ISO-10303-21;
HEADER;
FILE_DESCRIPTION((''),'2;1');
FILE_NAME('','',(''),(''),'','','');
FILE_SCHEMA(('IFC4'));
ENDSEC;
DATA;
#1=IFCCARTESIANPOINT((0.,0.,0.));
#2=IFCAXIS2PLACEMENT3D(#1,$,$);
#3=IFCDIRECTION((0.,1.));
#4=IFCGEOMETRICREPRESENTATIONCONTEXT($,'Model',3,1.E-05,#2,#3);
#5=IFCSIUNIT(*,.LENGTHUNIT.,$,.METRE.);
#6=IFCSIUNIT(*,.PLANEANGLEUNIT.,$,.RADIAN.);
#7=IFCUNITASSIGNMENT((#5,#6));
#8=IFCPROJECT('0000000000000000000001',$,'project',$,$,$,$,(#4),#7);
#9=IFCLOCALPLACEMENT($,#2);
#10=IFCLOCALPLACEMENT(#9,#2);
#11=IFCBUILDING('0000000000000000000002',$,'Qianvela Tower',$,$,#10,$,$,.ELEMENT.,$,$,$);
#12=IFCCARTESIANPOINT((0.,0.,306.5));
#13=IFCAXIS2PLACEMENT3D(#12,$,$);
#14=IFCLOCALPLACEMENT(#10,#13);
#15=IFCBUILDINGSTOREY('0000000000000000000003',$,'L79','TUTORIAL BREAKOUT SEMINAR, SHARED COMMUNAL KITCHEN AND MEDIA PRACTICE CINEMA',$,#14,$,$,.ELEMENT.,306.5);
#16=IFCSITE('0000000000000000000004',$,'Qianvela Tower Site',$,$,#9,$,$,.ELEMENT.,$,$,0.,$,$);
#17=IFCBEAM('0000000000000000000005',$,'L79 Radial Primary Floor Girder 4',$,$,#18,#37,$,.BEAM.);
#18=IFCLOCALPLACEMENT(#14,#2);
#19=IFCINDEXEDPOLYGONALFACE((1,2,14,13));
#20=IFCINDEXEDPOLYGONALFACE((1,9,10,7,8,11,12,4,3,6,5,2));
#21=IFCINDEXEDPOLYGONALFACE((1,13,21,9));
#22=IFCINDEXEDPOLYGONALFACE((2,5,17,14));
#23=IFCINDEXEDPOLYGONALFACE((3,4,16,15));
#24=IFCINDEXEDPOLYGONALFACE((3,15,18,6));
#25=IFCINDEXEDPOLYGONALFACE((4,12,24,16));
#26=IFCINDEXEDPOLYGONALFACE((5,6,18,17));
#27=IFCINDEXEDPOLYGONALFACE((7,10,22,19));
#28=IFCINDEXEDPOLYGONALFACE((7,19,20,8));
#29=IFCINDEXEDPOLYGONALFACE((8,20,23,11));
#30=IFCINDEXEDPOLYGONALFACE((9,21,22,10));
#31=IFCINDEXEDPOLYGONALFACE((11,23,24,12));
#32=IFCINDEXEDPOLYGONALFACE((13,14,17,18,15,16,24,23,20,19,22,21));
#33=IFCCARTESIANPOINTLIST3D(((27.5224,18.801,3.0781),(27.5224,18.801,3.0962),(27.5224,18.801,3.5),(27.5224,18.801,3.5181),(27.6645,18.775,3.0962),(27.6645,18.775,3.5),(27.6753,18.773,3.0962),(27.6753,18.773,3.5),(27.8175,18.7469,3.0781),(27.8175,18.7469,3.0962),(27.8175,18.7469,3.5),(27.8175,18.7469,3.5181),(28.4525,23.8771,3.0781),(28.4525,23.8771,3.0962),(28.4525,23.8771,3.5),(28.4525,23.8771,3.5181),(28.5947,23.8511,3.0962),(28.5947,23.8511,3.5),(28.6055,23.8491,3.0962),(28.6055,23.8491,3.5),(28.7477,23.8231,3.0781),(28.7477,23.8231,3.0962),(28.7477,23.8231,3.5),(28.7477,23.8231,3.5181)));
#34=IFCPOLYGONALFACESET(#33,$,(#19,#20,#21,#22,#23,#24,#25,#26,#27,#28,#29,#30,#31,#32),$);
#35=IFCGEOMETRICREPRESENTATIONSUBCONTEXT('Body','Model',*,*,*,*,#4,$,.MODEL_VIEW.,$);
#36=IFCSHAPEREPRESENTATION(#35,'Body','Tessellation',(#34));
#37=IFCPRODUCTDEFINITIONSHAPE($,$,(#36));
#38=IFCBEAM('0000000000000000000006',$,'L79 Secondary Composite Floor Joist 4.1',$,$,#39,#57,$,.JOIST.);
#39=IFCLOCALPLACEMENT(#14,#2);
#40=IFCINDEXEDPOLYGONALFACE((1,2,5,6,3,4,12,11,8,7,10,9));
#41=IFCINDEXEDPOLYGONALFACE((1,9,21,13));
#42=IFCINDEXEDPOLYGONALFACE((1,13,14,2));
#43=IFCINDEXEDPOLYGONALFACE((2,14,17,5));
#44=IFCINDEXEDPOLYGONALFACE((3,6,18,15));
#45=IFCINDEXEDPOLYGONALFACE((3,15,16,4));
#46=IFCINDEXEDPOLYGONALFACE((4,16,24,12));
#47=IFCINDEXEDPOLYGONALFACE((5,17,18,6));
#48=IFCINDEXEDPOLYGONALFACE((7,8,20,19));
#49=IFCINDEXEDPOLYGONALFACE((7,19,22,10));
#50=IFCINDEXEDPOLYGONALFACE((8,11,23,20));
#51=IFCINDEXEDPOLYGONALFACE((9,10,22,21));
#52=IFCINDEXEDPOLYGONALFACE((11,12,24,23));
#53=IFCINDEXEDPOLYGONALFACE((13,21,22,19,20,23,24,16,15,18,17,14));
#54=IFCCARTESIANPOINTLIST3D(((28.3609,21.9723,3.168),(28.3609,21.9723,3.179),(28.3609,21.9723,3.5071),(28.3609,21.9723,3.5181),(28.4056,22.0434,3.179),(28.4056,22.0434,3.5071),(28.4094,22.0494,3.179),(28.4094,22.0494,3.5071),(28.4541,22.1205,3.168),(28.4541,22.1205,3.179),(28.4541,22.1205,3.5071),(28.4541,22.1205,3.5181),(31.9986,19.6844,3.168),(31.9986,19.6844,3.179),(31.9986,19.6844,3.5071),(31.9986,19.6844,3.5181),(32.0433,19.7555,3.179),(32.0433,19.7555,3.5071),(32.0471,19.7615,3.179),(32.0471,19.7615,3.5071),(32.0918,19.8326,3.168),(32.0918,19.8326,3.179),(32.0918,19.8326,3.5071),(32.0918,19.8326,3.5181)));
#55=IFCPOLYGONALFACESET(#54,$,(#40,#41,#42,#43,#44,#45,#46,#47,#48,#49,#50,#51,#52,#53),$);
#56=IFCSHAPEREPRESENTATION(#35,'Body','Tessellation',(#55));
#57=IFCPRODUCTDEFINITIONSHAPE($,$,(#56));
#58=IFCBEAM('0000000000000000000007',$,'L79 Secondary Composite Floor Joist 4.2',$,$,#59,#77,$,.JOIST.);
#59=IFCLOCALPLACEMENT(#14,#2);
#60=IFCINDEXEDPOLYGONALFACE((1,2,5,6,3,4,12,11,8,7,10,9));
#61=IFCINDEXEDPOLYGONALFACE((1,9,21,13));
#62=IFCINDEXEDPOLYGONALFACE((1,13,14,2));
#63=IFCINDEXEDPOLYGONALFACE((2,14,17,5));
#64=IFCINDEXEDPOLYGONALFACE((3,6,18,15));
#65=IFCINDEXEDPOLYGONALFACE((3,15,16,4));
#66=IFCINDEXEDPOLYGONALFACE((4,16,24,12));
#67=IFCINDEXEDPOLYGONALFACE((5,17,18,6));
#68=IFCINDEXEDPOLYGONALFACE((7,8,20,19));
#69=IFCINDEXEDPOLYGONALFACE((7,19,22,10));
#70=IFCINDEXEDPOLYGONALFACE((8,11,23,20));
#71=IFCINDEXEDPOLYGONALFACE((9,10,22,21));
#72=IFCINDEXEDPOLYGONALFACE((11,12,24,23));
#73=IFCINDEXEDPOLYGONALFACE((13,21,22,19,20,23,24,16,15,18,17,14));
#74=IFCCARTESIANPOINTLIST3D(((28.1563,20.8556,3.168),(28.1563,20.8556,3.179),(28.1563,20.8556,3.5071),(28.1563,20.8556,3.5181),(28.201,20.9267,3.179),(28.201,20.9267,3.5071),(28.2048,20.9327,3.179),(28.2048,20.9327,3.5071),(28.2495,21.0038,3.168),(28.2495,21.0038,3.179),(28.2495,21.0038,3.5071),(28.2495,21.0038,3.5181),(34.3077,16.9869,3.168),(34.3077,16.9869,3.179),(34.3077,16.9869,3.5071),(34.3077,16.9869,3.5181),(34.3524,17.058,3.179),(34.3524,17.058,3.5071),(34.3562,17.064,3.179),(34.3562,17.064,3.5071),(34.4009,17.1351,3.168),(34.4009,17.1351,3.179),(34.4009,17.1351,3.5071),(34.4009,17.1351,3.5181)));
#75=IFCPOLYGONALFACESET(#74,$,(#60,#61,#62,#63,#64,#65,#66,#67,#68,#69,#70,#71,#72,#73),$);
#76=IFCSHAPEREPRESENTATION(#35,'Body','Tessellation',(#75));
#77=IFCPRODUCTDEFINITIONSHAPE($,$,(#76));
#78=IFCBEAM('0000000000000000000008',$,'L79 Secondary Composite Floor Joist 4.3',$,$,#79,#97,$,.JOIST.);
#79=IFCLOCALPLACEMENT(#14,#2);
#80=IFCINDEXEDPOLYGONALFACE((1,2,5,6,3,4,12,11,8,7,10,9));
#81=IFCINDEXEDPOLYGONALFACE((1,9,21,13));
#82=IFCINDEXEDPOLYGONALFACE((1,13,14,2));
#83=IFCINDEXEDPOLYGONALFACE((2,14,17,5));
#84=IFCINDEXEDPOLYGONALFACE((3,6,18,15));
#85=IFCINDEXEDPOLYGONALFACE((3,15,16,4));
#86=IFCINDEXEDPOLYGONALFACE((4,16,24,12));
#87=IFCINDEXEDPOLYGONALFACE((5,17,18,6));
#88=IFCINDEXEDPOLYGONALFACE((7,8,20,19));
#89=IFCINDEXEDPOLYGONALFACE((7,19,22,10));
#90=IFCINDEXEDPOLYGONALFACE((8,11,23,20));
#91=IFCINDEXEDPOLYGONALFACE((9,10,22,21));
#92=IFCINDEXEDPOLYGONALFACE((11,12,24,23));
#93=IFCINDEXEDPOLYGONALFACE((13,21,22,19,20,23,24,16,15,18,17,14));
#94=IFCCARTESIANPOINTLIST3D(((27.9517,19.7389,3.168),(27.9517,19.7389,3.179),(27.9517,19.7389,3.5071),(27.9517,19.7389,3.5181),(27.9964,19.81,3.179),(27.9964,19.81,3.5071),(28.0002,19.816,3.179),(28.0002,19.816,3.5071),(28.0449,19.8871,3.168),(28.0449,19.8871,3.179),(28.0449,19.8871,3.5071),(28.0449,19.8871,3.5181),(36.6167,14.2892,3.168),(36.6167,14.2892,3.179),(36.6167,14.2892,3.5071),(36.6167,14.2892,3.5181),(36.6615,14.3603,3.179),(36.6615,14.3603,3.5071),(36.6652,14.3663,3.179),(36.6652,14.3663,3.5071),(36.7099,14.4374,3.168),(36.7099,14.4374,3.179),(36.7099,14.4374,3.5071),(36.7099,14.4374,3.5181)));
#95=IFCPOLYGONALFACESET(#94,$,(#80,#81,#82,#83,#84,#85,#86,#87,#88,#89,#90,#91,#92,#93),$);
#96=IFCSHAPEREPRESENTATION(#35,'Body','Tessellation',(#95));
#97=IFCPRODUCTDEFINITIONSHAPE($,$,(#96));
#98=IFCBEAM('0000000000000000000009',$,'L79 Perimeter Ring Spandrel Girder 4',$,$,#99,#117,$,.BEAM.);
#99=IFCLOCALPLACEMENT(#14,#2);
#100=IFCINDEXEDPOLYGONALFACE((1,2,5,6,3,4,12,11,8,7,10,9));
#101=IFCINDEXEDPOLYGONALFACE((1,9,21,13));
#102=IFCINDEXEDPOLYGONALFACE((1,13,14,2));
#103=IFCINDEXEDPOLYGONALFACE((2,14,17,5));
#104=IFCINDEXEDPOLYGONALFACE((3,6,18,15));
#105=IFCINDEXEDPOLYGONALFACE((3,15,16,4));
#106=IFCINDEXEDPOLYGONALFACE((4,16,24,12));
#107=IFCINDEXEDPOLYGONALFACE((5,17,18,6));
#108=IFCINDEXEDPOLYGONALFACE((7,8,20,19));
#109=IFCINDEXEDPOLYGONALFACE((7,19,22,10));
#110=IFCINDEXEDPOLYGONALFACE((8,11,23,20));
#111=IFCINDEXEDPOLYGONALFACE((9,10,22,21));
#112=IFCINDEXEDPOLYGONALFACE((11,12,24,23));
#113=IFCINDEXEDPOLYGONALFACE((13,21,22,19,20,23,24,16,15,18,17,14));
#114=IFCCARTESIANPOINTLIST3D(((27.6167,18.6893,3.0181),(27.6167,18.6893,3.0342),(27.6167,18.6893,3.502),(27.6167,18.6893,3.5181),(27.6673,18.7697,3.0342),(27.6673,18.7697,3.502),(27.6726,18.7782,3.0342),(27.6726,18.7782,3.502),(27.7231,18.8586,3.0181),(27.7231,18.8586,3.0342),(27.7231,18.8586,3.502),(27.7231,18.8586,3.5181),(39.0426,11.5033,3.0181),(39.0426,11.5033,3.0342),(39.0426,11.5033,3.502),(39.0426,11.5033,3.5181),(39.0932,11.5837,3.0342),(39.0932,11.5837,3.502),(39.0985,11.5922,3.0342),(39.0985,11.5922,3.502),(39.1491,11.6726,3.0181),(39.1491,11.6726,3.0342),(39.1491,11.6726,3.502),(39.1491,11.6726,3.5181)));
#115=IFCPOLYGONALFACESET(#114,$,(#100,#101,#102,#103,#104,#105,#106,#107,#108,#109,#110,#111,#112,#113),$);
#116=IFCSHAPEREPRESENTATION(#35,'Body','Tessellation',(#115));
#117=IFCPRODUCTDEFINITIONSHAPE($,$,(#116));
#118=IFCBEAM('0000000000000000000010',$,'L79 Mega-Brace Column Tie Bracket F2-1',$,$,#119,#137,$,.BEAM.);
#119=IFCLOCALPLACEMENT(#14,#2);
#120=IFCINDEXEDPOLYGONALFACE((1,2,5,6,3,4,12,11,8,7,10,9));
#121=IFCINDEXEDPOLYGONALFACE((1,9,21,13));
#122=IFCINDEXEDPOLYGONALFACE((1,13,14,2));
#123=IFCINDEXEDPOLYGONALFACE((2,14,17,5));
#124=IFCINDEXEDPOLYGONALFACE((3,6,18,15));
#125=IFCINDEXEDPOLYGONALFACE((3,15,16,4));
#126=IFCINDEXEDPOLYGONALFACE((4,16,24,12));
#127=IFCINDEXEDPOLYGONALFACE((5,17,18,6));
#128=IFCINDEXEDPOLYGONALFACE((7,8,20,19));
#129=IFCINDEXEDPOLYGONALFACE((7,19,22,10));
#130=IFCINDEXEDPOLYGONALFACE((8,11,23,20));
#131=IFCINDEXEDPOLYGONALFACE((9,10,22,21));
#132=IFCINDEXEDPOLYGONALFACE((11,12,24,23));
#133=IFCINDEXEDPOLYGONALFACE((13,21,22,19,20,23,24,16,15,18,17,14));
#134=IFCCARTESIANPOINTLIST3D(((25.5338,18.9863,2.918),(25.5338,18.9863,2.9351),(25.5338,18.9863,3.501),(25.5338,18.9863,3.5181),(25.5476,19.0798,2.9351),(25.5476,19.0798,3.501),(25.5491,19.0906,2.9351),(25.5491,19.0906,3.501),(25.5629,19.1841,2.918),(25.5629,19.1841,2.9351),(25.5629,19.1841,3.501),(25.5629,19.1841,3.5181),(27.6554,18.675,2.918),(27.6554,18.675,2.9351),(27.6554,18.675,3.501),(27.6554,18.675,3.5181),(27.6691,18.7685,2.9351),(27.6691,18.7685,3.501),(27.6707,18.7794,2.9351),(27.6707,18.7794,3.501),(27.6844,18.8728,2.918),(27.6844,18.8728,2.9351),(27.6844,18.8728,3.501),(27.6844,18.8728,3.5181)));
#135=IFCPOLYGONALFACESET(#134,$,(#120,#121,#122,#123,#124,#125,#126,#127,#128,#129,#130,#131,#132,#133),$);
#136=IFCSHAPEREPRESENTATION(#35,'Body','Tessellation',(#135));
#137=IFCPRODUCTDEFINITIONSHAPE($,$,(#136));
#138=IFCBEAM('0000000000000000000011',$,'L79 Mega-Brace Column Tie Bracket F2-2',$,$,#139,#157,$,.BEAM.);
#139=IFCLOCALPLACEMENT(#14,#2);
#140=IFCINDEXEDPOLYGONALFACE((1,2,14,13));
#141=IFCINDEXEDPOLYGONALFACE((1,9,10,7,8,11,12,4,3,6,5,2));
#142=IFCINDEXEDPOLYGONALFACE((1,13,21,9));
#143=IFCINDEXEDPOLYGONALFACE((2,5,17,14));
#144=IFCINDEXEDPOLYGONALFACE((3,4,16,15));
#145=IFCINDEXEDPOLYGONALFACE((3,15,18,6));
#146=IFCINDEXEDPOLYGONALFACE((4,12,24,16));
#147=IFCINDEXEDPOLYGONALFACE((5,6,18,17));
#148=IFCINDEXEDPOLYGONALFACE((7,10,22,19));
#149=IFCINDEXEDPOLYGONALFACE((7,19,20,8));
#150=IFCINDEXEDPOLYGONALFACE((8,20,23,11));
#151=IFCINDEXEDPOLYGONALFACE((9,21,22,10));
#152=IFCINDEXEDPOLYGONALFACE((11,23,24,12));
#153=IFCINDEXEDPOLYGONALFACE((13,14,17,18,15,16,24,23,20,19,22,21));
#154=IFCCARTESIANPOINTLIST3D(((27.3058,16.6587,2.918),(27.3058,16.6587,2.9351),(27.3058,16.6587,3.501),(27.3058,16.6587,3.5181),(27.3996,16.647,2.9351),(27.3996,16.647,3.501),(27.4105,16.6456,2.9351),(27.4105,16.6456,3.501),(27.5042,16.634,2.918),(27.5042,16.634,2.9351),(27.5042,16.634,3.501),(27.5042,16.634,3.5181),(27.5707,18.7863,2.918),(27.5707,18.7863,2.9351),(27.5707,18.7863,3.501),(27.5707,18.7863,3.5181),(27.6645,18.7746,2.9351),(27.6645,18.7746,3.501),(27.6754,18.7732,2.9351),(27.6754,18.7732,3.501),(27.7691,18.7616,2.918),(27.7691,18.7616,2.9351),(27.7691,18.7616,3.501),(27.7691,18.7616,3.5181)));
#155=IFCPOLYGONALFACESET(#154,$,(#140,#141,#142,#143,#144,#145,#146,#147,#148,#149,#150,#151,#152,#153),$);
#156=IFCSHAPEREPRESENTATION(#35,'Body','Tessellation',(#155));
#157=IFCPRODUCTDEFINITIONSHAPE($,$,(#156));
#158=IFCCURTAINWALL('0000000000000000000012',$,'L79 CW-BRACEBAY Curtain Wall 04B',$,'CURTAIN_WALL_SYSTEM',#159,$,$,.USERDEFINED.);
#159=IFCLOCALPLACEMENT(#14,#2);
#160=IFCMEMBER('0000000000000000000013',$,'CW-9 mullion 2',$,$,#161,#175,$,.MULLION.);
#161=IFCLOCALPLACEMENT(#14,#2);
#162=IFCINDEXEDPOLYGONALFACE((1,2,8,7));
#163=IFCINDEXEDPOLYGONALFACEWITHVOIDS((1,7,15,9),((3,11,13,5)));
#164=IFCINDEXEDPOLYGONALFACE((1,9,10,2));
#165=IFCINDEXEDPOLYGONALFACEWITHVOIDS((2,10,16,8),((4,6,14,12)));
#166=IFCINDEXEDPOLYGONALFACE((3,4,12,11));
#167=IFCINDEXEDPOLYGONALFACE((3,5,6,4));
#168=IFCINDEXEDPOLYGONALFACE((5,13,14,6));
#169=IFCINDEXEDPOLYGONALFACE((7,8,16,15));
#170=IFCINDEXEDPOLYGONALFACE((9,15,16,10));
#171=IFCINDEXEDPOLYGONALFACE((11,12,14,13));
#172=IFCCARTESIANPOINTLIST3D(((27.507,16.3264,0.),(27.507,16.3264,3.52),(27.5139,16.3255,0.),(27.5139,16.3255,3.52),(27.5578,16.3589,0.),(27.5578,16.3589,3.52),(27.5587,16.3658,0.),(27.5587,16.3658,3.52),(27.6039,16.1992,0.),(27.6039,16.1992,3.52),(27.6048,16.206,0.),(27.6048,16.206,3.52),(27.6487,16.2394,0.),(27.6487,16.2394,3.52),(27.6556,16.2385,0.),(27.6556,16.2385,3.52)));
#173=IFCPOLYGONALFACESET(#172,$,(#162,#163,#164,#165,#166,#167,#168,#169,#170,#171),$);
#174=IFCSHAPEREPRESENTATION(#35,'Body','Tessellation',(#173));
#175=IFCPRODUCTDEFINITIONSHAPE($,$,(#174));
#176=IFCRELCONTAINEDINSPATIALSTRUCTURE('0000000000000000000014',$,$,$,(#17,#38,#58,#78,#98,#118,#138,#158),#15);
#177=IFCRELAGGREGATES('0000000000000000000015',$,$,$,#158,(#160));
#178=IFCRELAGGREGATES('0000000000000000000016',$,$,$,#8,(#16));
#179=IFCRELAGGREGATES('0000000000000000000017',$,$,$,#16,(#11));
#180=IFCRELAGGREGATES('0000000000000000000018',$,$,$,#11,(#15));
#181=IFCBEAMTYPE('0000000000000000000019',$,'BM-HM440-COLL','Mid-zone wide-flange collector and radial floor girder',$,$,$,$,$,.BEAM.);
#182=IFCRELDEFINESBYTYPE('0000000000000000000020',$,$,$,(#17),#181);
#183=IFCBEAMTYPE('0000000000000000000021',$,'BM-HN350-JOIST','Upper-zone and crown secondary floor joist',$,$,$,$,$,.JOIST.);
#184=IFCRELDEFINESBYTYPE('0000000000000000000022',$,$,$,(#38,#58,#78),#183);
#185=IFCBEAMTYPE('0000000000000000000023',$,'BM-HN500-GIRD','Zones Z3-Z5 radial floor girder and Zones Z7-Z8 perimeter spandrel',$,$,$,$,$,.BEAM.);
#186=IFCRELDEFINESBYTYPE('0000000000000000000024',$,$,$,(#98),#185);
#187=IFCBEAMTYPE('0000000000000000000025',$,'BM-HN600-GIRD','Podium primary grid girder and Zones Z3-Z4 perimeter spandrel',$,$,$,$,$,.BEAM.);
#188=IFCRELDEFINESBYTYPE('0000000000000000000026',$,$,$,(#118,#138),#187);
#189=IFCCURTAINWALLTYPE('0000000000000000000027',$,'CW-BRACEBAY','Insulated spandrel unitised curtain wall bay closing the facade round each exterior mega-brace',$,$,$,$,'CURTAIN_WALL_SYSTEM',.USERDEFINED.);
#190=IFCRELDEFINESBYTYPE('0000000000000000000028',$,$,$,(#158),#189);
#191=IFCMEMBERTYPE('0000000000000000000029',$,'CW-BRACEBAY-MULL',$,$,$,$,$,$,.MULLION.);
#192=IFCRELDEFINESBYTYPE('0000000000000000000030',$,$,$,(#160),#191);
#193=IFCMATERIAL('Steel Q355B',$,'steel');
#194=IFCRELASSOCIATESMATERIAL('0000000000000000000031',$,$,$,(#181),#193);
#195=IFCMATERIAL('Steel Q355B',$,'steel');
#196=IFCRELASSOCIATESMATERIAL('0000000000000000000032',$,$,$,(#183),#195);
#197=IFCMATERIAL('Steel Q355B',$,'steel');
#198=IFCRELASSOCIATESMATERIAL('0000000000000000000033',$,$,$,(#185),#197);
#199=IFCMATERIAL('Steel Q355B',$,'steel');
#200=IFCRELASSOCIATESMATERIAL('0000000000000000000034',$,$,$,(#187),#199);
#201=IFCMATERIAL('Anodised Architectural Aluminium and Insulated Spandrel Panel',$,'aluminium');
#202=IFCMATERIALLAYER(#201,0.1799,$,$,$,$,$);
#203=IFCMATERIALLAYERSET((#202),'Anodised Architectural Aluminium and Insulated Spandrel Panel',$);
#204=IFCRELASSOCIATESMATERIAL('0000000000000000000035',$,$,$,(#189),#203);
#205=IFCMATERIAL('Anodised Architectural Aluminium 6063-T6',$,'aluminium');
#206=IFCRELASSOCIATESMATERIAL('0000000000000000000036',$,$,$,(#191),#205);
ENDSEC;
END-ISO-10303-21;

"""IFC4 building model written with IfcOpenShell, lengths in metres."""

from ifc_helpers import new_model, si_unit, direction, frame, origin, origin_2d, place, context, subcontext, project, spatial, hollow_rectangle, i_section, extrude, material, layer, layer_set, material_profile, profile_set, type_object, element, aggregate, save


model = new_model("IFC4")

# Units and contexts
model_context = context("Model", 3, precision=1e-05, world=origin(), true_north=direction((0.0, 1.0)))
body_context = subcontext(model_context, "Body", "Model", "MODEL_VIEW")
ifc_project = project(units=[si_unit("LENGTHUNIT", "METRE"), si_unit("PLANEANGLEUNIT", "RADIAN")], contexts=[model_context])

# Site, building, storey
site_placement = place(None, origin())
site = spatial("IfcSite", under=ifc_project, at=site_placement, Name="Qianvela Tower Site", CompositionType="ELEMENT", RefElevation=0.0)
building_placement = place(site_placement, origin())
building = spatial("IfcBuilding", under=site, at=building_placement, Name="Qianvela Tower", CompositionType="ELEMENT")
storey_placement = place(building_placement, frame((0.0, 0.0, 306.5)))
storey = spatial("IfcBuildingStorey", under=building, at=storey_placement, Name="L79", Description="TUTORIAL BREAKOUT SEMINAR, SHARED COMMUNAL KITCHEN AND MEDIA PRACTICE CINEMA", CompositionType="ELEMENT", Elevation=306.5)

# Beams
ifc_material_1 = material(Name="Steel Q355B", Category="steel")
ifc_material_profile_1 = material_profile(ifc_material_1, i_section(OverallWidth=0.3, OverallDepth=0.4399, WebThickness=0.011, FlangeThickness=0.0181, at=origin_2d()), Name="HM440x300x11x18")
ifc_profile_set_1 = profile_set([ifc_material_profile_1], Name="Steel Q355B")
beam_type_1 = type_object("IfcBeamType", Name="BM-HM440-COLL", Description="Mid-zone wide-flange collector and radial floor girder", PredefinedType="BEAM", material=ifc_profile_set_1)
beam_1_placement = place(storey_placement, frame((28.6001, 23.8501, 3.2981), z_axis=(-0.180242, -0.983622, 0.0), x_axis=(0.983622, -0.180242, 0.0)))
element("IfcBeam", 1, at=beam_1_placement, inside=storey, type_object=beam_type_1, Name="L79 Radial Primary Floor Girder 4", PredefinedType="BEAM", context=body_context, shape_type="SweptSolid", body=[
    extrude(i_section(OverallWidth=0.3, OverallDepth=0.4399, WebThickness=0.011, FlangeThickness=0.0181, at=origin_2d()), origin(), (0.0, 0.0, 1.0), 5.1606),
])
ifc_material_2 = material(Name="Steel Q355B", Category="steel")
ifc_material_profile_2 = material_profile(ifc_material_2, i_section(OverallWidth=0.175, OverallDepth=0.3501, WebThickness=0.0071, FlangeThickness=0.011, at=origin_2d()), Name="HN350x175x7x11")
ifc_profile_set_2 = profile_set([ifc_material_profile_2], Name="Steel Q355B")
beam_type_2 = type_object("IfcBeamType", Name="BM-HN350-JOIST", Description="Upper-zone and crown secondary floor joist", PredefinedType="JOIST", material=ifc_profile_set_2)
beam_2_placement = place(storey_placement, frame((28.4075, 22.0464, 3.343), z_axis=(0.846501, -0.532387, 0.0), x_axis=(0.532387, 0.846501, 0.0)))
element("IfcBeam", 2, at=beam_2_placement, inside=storey, type_object=beam_type_2, Name="L79 Secondary Composite Floor Joist 4.1", PredefinedType="JOIST", context=body_context, shape_type="SweptSolid", body=[
    extrude(i_section(OverallWidth=0.175, OverallDepth=0.3501, WebThickness=0.0071, FlangeThickness=0.011, at=origin_2d()), origin(), (0.0, 0.0, 1.0), 4.2974),
])
beam_3_placement = place(storey_placement, frame((28.2029, 20.9297, 3.343), z_axis=(0.846508, -0.532377, 0.0), x_axis=(0.532377, 0.846508, 0.0)))
element("IfcBeam", 3, at=beam_3_placement, inside=storey, type_object=beam_type_2, Name="L79 Secondary Composite Floor Joist 4.2", PredefinedType="JOIST", context=body_context, shape_type="SweptSolid", body=[
    extrude(i_section(OverallWidth=0.175, OverallDepth=0.3501, WebThickness=0.0071, FlangeThickness=0.011, at=origin_2d()), origin(), (0.0, 0.0, 1.0), 7.2668),
])
beam_4_placement = place(storey_placement, frame((27.9983, 19.813, 3.343), z_axis=(0.8465, -0.532389, 0.0), x_axis=(0.532389, 0.8465, 0.0)))
element("IfcBeam", 4, at=beam_4_placement, inside=storey, type_object=beam_type_2, Name="L79 Secondary Composite Floor Joist 4.3", PredefinedType="JOIST", context=body_context, shape_type="SweptSolid", body=[
    extrude(i_section(OverallWidth=0.175, OverallDepth=0.3501, WebThickness=0.0071, FlangeThickness=0.011, at=origin_2d()), origin(), (0.0, 0.0, 1.0), 10.2363),
])
ifc_material_3 = material(Name="Steel Q355B", Category="steel")
ifc_material_profile_3 = material_profile(ifc_material_3, i_section(OverallWidth=0.2, OverallDepth=0.5, WebThickness=0.01, FlangeThickness=0.0161, at=origin_2d()), Name="HN500x200x10x16")
ifc_profile_set_3 = profile_set([ifc_material_profile_3], Name="Steel Q355B")
beam_type_3 = type_object("IfcBeamType", Name="BM-HN500-GIRD", Description="Zones Z3-Z5 radial floor girder and Zones Z7-Z8 perimeter spandrel", PredefinedType="BEAM", material=ifc_profile_set_3)
beam_5_placement = place(storey_placement, frame((27.6699, 18.7739, 3.2681), z_axis=(0.846504, -0.532382, 0.0), x_axis=(0.532382, 0.846504, 0.0)))
element("IfcBeam", 5, at=beam_5_placement, inside=storey, type_object=beam_type_3, Name="L79 Perimeter Ring Spandrel Girder 4", PredefinedType="BEAM", context=body_context, shape_type="SweptSolid", body=[
    extrude(i_section(OverallWidth=0.2, OverallDepth=0.5, WebThickness=0.01, FlangeThickness=0.0161, at=origin_2d()), origin(), (0.0, 0.0, 1.0), 13.4978),
])
ifc_material_4 = material(Name="Steel Q355B", Category="steel")
ifc_material_profile_4 = material_profile(ifc_material_4, i_section(OverallWidth=0.2, OverallDepth=0.6001, WebThickness=0.011, FlangeThickness=0.0171, at=origin_2d()), Name="HN600x200x11x17")
ifc_profile_set_4 = profile_set([ifc_material_profile_4], Name="Steel Q355B")
beam_type_4 = type_object("IfcBeamType", Name="BM-HN600-GIRD", Description="Podium primary grid girder and Zones Z3-Z4 perimeter spandrel", PredefinedType="BEAM", material=ifc_profile_set_4)
beam_6_placement = place(storey_placement, frame((27.6699, 18.7739, 3.218), z_axis=(-0.989407, 0.145166, 0.0), x_axis=(-0.145166, -0.989407, 0.0)))
element("IfcBeam", 6, at=beam_6_placement, inside=storey, type_object=beam_type_4, Name="L79 Mega-Brace Column Tie Bracket F2-1", PredefinedType="BEAM", context=body_context, shape_type="SweptSolid", body=[
    extrude(i_section(OverallWidth=0.2, OverallDepth=0.6001, WebThickness=0.011, FlangeThickness=0.0171, at=origin_2d()), origin(), (0.0, 0.0, 1.0), 2.1443),
])
beam_7_placement = place(storey_placement, frame((27.6699, 18.7739, 3.218), z_axis=(-0.123544, -0.992339, 0.0), x_axis=(0.992339, -0.123544, 0.0)))
element("IfcBeam", 7, at=beam_7_placement, inside=storey, type_object=beam_type_4, Name="L79 Mega-Brace Column Tie Bracket F2-2", PredefinedType="BEAM", context=body_context, shape_type="SweptSolid", body=[
    extrude(i_section(OverallWidth=0.2, OverallDepth=0.6001, WebThickness=0.011, FlangeThickness=0.0171, at=origin_2d()), origin(), (0.0, 0.0, 1.0), 2.144),
])

# Curtain wall, member
ifc_material_5 = material(Name="Anodised Architectural Aluminium and Insulated Spandrel Panel", Category="aluminium")
ifc_layer_1 = layer(ifc_material_5, 0.1799)
ifc_layer_set_1 = layer_set([ifc_layer_1], Name="Anodised Architectural Aluminium and Insulated Spandrel Panel")
curtain_wall_type_1 = type_object("IfcCurtainWallType", Name="CW-BRACEBAY", Description="Insulated spandrel unitised curtain wall bay closing the facade round each exterior mega-brace", ElementType="CURTAIN_WALL_SYSTEM", PredefinedType="USERDEFINED", material=ifc_layer_set_1)
curtain_wall_1_placement = place(storey_placement, origin())
curtain_wall_1 = element("IfcCurtainWall", 8, at=curtain_wall_1_placement, inside=storey, type_object=curtain_wall_type_1, Name="L79 CW-BRACEBAY Curtain Wall 04B", ObjectType="CURTAIN_WALL_SYSTEM", PredefinedType="USERDEFINED")
ifc_material_6 = material(Name="Anodised Architectural Aluminium 6063-T6", Category="aluminium")
ifc_material_profile_5 = material_profile(ifc_material_6, hollow_rectangle(XDim=0.0649, YDim=0.1599, WallThickness=0.0049, at=origin_2d()), Name="ALU-MULL-65x160")
ifc_profile_set_5 = profile_set([ifc_material_profile_5], Name="Anodised Architectural Aluminium 6063-T6")
member_type_1 = type_object("IfcMemberType", Name="CW-BRACEBAY-MULL", PredefinedType="MULLION", material=ifc_profile_set_5)
member_1_placement = place(storey_placement, frame((27.5813, 16.2825, 0.0), z_axis=(0.0, 0.0, 1.0), x_axis=(0.795686, 0.605709, 0.0)))
member_1 = element("IfcMember", 9, at=member_1_placement, type_object=member_type_1, Name="CW-9 mullion 2", PredefinedType="MULLION", context=body_context, shape_type="SweptSolid", body=[
    extrude(hollow_rectangle(XDim=0.0649, YDim=0.1599, WallThickness=0.0049, at=origin_2d()), origin(), (0.0, 0.0, 1.0), 3.52),
])
aggregate(curtain_wall_1, [member_1])

save(model, "model.ifc")
